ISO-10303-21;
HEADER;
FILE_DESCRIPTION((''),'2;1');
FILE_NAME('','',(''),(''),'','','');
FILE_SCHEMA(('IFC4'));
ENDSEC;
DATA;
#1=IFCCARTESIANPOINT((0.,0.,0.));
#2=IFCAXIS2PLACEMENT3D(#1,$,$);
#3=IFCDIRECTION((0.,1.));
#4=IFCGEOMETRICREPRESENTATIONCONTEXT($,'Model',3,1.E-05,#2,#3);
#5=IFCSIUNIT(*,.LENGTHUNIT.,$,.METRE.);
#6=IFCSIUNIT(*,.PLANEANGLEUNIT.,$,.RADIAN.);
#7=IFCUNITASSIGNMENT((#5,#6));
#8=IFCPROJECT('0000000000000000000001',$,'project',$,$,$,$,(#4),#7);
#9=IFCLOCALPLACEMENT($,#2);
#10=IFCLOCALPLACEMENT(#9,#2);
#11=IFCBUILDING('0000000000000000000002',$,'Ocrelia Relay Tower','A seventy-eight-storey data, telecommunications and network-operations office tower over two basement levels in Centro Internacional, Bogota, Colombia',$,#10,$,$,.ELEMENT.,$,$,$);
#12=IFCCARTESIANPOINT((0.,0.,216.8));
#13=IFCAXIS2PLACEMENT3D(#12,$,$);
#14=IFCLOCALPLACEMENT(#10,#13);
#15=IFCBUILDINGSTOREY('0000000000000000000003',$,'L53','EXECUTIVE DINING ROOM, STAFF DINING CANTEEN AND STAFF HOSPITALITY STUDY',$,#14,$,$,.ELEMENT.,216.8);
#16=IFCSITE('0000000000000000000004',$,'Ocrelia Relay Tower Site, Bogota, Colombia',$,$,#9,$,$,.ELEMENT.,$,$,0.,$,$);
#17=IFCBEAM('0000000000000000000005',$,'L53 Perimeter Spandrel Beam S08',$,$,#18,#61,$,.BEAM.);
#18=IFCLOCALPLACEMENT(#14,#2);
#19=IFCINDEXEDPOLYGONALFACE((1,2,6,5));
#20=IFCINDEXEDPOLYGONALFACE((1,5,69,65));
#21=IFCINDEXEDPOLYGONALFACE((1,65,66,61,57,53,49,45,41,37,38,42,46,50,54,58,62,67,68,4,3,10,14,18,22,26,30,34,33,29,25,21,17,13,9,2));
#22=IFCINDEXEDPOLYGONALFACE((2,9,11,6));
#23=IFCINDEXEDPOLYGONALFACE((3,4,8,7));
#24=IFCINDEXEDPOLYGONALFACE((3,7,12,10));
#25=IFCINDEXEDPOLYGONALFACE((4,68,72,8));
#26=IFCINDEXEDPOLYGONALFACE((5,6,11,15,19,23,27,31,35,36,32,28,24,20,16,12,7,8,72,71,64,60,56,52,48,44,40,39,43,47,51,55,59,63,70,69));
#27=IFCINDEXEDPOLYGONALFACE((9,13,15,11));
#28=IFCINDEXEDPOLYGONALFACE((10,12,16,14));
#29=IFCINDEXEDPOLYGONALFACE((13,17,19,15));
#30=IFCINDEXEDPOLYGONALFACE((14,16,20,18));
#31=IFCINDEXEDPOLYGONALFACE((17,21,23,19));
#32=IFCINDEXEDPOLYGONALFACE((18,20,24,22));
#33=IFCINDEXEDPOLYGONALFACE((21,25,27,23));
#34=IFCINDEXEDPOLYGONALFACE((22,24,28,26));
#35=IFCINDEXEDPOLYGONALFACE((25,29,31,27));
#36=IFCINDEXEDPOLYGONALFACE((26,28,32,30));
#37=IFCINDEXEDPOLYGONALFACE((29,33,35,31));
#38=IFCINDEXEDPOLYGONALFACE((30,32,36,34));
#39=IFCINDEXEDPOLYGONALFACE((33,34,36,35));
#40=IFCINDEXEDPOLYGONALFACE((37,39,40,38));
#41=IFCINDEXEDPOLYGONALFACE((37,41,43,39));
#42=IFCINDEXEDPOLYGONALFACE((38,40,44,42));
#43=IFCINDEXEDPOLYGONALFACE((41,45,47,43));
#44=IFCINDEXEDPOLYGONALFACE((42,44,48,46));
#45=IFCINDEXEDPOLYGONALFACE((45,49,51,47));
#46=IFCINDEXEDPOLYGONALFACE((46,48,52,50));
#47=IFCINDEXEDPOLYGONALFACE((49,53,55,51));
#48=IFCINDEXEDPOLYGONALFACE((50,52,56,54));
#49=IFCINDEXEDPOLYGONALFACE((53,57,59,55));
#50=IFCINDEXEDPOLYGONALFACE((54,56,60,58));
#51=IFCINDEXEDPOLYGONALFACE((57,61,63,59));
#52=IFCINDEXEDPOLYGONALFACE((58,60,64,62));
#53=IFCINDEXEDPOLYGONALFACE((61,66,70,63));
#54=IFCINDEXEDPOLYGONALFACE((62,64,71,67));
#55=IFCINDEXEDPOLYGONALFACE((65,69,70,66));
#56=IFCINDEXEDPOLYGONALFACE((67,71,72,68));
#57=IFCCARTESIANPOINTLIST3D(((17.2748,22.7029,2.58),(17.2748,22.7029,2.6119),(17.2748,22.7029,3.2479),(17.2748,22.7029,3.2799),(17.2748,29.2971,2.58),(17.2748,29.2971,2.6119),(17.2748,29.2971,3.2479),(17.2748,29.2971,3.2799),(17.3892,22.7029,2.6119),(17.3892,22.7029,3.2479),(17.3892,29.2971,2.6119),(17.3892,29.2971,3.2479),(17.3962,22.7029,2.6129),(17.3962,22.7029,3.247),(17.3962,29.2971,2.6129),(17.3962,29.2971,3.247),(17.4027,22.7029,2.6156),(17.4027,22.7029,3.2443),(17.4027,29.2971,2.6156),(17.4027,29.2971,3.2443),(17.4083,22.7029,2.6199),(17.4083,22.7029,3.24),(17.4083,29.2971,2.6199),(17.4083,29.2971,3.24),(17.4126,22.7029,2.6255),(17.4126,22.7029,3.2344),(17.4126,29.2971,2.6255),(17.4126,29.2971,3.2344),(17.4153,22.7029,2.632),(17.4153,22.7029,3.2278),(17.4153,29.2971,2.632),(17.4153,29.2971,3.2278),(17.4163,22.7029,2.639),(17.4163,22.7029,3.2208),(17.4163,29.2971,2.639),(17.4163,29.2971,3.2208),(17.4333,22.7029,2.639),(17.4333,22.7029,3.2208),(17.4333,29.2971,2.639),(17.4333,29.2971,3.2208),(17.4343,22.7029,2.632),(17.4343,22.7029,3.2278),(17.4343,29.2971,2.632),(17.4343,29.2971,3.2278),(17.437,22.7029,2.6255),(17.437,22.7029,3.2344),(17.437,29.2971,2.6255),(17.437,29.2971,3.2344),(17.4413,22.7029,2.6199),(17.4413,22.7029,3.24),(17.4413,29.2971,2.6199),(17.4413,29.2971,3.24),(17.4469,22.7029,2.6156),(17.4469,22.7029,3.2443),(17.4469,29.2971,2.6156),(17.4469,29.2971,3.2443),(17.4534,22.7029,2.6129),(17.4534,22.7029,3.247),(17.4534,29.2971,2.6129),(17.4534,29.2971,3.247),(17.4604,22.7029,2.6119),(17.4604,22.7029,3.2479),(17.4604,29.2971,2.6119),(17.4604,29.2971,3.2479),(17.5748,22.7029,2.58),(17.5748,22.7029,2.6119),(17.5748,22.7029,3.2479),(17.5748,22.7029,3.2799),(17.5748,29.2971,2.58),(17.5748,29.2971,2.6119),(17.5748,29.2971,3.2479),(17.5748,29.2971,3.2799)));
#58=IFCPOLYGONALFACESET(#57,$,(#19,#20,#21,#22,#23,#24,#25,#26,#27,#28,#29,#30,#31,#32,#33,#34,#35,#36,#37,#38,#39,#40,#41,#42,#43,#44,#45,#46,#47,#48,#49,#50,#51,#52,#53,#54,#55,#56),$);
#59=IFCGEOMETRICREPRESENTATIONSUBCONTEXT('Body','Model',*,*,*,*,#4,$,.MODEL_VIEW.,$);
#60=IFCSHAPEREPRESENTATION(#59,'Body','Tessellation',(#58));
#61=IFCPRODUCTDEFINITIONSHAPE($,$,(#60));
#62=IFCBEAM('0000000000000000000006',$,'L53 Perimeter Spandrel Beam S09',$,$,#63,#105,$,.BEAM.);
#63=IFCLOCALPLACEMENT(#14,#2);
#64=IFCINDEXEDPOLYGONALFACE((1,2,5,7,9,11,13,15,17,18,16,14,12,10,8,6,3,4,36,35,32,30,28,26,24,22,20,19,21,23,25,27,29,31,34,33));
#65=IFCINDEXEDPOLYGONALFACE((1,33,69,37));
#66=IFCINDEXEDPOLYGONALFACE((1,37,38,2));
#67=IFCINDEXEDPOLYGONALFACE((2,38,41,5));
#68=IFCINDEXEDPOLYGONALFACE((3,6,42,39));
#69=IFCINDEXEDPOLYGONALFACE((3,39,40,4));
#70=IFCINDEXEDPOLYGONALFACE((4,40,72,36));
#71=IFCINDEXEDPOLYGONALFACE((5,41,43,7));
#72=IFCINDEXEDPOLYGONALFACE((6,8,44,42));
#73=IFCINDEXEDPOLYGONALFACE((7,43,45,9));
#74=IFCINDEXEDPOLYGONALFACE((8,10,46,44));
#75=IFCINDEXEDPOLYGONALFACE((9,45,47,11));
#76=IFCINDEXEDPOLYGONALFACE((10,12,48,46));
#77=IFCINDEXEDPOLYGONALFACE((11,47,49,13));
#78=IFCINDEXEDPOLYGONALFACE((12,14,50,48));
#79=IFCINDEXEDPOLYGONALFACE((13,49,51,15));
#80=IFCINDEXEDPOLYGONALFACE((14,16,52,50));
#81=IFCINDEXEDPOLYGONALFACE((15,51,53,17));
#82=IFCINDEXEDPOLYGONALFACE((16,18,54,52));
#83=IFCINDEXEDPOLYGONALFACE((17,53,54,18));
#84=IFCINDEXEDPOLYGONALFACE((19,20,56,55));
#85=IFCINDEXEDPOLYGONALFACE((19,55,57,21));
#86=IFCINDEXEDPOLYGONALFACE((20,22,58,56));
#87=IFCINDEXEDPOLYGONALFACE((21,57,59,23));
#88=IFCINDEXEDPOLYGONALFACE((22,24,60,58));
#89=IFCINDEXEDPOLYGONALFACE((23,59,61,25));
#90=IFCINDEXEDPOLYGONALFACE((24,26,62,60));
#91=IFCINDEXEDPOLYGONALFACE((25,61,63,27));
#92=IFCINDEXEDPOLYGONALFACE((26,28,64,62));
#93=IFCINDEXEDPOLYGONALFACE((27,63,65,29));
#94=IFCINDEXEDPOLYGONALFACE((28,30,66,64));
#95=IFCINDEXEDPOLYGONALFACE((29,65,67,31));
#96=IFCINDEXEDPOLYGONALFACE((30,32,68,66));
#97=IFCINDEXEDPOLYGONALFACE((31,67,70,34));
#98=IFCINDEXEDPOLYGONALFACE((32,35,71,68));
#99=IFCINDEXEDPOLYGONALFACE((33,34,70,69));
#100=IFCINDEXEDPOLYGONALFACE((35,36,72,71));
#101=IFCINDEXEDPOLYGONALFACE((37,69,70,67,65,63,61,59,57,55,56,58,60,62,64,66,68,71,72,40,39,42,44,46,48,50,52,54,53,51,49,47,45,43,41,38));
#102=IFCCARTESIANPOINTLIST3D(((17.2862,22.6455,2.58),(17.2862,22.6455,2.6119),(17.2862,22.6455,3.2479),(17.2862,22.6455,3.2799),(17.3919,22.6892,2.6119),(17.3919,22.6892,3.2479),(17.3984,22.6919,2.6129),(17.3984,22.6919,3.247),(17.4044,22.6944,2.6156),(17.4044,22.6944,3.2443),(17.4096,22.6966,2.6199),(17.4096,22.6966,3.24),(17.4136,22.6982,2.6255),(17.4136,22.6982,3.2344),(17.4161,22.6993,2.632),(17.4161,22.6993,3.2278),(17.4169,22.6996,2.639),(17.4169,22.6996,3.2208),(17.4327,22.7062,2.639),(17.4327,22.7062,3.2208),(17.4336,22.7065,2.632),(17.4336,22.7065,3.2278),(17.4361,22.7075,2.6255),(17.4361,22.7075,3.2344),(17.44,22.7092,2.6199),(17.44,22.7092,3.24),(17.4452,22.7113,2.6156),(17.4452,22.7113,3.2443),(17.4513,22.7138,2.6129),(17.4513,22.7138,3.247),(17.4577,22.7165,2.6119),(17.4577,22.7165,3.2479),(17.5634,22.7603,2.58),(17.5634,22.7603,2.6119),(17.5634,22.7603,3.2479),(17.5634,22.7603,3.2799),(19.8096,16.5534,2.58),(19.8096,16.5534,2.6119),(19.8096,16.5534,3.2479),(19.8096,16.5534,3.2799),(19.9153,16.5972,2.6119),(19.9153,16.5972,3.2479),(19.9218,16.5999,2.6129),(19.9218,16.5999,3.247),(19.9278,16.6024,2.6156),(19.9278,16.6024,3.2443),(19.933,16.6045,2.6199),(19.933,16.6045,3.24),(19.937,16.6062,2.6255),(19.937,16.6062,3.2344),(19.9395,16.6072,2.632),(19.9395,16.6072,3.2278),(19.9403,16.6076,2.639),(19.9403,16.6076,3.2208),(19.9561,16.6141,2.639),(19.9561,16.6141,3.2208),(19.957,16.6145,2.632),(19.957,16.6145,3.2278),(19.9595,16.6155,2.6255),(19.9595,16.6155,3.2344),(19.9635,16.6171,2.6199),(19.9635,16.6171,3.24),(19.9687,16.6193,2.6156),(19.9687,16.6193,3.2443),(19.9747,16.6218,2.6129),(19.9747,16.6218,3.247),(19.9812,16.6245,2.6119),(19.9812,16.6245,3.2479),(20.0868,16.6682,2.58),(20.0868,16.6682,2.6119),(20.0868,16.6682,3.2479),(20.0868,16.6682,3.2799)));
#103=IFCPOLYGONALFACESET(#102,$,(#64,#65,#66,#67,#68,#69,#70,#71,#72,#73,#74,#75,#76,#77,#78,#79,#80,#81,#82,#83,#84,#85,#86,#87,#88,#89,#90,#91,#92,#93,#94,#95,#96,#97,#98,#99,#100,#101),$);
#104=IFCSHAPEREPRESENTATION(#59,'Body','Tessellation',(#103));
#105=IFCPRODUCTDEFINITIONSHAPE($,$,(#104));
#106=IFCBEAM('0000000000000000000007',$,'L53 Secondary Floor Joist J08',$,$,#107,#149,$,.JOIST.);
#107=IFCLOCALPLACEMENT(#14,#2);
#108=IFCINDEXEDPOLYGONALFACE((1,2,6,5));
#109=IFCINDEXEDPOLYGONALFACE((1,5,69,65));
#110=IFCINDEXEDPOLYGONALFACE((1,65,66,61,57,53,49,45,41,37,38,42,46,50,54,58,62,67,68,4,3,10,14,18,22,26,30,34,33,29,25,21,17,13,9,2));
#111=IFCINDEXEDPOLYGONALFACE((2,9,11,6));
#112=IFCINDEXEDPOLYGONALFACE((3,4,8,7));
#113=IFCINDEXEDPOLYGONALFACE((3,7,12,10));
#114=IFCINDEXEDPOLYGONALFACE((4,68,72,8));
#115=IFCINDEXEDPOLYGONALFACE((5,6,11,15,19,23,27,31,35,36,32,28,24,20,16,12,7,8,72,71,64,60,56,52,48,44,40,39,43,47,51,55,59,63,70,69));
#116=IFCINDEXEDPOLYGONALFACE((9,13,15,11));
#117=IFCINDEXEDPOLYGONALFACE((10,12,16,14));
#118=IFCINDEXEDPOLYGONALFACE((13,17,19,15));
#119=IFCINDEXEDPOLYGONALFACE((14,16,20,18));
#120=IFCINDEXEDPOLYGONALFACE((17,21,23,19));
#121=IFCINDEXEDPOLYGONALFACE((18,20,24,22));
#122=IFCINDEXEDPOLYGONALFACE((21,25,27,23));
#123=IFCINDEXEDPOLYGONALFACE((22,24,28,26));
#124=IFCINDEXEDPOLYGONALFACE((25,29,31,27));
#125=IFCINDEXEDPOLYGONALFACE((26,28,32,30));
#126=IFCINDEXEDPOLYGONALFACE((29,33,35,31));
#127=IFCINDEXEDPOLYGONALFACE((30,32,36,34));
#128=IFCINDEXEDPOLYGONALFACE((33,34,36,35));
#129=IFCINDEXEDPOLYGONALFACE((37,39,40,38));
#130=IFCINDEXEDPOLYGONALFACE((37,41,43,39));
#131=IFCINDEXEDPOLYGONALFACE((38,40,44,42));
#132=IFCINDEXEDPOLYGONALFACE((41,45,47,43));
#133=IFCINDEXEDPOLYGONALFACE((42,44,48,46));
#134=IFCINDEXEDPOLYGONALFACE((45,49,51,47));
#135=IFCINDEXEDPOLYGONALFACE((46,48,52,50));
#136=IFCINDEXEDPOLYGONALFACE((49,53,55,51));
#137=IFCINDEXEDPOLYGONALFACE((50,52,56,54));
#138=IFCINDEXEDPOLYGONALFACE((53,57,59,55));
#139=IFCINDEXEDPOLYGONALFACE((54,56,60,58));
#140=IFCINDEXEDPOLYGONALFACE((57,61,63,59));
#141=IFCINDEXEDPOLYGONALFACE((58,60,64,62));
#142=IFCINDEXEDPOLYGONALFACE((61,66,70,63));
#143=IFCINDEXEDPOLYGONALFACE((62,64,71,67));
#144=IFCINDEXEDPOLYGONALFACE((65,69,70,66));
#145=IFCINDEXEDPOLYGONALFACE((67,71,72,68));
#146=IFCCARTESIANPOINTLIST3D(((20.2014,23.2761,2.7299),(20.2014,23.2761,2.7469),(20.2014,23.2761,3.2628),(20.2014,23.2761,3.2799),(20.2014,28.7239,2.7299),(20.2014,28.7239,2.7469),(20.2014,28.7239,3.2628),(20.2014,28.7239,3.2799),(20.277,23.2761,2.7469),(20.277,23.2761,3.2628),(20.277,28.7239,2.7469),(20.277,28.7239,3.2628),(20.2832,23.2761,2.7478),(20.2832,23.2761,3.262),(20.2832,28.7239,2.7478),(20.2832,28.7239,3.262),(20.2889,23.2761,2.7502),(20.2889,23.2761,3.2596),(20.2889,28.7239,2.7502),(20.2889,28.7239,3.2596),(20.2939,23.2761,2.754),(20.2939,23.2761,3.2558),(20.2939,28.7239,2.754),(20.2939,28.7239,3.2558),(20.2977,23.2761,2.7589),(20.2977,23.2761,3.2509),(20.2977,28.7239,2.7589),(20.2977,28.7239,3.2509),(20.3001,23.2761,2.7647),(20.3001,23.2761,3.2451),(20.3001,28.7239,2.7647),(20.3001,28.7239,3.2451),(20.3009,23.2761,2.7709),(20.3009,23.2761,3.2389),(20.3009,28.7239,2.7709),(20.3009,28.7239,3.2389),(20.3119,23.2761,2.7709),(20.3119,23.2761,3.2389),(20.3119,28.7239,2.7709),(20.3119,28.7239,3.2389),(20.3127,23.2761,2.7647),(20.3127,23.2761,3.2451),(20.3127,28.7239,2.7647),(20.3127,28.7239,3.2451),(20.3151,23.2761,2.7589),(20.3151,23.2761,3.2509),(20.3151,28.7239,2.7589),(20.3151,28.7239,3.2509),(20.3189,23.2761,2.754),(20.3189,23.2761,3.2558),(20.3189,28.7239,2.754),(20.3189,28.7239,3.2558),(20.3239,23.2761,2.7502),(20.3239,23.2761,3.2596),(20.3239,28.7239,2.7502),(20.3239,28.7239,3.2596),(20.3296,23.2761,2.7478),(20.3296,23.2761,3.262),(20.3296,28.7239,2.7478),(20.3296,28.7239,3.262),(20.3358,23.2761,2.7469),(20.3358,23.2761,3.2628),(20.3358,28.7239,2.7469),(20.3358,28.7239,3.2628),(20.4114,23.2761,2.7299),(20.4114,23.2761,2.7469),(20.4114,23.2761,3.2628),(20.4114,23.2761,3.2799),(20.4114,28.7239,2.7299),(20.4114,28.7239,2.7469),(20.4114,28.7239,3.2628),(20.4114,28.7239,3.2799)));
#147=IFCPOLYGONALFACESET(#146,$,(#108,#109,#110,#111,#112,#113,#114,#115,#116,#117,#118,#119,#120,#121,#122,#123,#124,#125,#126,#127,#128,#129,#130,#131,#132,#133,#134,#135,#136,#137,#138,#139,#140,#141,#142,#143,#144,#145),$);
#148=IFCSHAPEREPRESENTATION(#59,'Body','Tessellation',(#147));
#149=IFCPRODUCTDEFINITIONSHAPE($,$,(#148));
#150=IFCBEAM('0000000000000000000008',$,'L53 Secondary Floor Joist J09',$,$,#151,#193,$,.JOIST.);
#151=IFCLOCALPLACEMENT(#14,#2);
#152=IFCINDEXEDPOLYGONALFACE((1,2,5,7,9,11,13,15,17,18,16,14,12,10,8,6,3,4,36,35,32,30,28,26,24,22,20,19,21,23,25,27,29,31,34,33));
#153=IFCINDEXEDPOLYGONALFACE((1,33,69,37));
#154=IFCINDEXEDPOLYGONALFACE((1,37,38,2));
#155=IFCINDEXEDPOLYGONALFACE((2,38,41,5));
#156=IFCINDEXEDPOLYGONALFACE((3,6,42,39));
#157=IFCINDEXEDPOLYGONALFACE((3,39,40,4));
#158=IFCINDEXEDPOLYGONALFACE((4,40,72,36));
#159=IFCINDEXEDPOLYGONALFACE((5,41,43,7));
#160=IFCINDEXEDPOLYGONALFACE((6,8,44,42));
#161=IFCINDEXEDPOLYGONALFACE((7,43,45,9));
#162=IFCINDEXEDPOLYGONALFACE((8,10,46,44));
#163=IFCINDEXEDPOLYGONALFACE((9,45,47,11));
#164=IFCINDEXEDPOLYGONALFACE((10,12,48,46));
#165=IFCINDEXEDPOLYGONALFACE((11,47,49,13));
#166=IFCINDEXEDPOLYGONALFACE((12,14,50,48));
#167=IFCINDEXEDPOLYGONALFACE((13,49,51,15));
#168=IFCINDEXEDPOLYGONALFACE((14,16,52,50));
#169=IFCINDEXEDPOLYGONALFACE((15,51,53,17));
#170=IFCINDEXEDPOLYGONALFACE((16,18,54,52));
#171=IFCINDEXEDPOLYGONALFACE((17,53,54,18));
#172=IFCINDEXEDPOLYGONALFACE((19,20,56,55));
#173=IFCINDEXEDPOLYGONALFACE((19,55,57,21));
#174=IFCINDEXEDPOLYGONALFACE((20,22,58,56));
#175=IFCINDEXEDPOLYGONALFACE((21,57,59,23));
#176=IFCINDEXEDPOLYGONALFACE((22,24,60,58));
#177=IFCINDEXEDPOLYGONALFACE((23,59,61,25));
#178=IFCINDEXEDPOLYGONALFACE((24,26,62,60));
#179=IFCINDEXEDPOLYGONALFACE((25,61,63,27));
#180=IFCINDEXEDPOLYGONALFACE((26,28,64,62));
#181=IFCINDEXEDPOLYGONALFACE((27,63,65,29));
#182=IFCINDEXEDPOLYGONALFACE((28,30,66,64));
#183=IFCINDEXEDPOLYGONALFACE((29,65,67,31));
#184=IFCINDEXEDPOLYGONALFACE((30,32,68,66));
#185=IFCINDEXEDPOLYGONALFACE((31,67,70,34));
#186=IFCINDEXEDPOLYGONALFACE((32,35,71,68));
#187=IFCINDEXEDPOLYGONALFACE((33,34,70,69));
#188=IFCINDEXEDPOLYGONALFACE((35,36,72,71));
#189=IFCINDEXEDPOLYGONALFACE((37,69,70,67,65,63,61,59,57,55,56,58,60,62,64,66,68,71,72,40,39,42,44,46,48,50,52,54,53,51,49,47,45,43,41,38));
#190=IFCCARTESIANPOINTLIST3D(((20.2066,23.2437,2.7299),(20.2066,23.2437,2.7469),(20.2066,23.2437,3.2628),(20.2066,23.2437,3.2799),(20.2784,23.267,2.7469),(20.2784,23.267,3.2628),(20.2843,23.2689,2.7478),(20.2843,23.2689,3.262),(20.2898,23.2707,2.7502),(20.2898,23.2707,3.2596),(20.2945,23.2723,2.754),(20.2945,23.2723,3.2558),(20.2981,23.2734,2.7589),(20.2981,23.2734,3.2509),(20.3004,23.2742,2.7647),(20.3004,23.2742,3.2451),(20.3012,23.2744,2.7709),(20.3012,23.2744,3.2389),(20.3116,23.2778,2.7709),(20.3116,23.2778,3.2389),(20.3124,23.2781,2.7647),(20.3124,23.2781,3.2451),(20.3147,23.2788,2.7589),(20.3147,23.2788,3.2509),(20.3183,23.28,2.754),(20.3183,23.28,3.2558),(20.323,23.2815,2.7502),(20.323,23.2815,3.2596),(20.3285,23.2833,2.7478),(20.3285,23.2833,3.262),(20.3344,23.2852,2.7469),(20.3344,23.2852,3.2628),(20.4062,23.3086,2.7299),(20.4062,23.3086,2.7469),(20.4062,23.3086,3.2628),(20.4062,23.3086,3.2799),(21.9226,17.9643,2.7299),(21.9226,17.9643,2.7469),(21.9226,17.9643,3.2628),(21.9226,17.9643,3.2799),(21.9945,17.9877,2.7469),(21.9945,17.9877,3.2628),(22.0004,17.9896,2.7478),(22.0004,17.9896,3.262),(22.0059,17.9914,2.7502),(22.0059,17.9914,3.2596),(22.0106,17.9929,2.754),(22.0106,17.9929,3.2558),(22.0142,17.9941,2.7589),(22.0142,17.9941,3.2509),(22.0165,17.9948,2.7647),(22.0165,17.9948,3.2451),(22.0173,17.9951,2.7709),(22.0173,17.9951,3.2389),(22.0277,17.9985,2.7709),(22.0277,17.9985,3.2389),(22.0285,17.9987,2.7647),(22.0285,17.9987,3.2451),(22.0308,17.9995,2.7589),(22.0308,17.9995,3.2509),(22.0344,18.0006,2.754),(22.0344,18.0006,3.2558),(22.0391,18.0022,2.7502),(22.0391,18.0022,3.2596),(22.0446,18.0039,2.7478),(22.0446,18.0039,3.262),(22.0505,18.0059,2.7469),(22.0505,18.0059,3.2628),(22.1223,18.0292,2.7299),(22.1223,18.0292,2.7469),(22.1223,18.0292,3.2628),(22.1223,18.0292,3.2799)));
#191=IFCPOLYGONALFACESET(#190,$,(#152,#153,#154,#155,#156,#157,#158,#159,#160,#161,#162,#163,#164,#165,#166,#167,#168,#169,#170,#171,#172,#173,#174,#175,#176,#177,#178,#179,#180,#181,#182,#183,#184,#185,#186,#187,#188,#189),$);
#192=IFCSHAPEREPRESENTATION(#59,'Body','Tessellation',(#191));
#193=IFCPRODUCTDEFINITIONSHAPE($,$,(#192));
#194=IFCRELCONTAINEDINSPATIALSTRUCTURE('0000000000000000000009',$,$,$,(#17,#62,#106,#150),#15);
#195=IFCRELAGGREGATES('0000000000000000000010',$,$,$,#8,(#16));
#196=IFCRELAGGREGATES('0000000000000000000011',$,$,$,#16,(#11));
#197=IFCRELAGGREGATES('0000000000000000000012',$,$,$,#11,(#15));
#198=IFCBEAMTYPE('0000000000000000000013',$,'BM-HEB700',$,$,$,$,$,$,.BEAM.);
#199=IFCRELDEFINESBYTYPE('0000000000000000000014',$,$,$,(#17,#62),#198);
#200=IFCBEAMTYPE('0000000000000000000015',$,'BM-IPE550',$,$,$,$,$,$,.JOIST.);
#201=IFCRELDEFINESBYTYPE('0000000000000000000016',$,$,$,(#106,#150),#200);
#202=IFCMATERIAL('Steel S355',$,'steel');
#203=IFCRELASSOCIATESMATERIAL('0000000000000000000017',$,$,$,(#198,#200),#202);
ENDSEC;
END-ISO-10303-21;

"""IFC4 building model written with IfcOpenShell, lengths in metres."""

from ifc_helpers import new_model, si_unit, direction, frame, origin, origin_2d, place, context, subcontext, project, spatial, i_section, extrude, material, material_profile, profile_set, type_object, element, save


model = new_model("IFC4")

# Units and contexts
model_context = context("Model", 3, precision=1e-05, world=origin(), true_north=direction((0.0, 1.0)))
body_context = subcontext(model_context, "Body", "Model", "MODEL_VIEW")
ifc_project = project(units=[si_unit("LENGTHUNIT", "METRE"), si_unit("PLANEANGLEUNIT", "RADIAN")], contexts=[model_context])

# Site, building, storey
site_placement = place(None, origin())
site = spatial("IfcSite", under=ifc_project, at=site_placement, Name="Ocrelia Relay Tower Site, Bogota, Colombia", CompositionType="ELEMENT", RefElevation=0.0)
building_placement = place(site_placement, origin())
building = spatial("IfcBuilding", under=site, at=building_placement, Name="Ocrelia Relay Tower", Description="A seventy-eight-storey data, telecommunications and network-operations office tower over two basement levels in Centro Internacional, Bogota, Colombia", CompositionType="ELEMENT")
storey_placement = place(building_placement, frame((0.0, 0.0, 216.8)))
storey = spatial("IfcBuildingStorey", under=building, at=storey_placement, Name="L53", Description="EXECUTIVE DINING ROOM, STAFF DINING CANTEEN AND STAFF HOSPITALITY STUDY", CompositionType="ELEMENT", Elevation=216.8)

# Beams
ifc_material_1 = material(Name="Steel S355", Category="steel")
ifc_material_profile_1 = material_profile(ifc_material_1, i_section(OverallWidth=0.3, OverallDepth=0.7, WebThickness=0.0171, FlangeThickness=0.032, FilletRadius=0.0271, at=origin_2d()), Name="HEB 700")
ifc_profile_set_1 = profile_set([ifc_material_profile_1], Name="Steel S355")
beam_type_1 = type_object("IfcBeamType", Name="BM-HEB700", PredefinedType="BEAM", material=ifc_profile_set_1)
beam_1_placement = place(storey_placement, frame((17.4248, 29.2971, 2.9299), z_axis=(0.0, -1.0, 0.0), x_axis=(1.0, 0.0, 0.0)))
element("IfcBeam", 1, at=beam_1_placement, inside=storey, type_object=beam_type_1, Name="L53 Perimeter Spandrel Beam S08", PredefinedType="BEAM", context=body_context, shape_type="SweptSolid", body=[
    extrude(i_section(OverallWidth=0.3, OverallDepth=0.7, WebThickness=0.0171, FlangeThickness=0.032, FilletRadius=0.0271, at=origin_2d()), origin(), (0.0, 0.0, 1.0), 6.5942),
])
beam_2_placement = place(storey_placement, frame((17.4248, 22.7029, 2.9299), z_axis=(0.382688, -0.923878, 0.0), x_axis=(0.923878, 0.382688, 0.0)))
element("IfcBeam", 2, at=beam_2_placement, inside=storey, type_object=beam_type_1, Name="L53 Perimeter Spandrel Beam S09", PredefinedType="BEAM", context=body_context, shape_type="SweptSolid", body=[
    extrude(i_section(OverallWidth=0.3, OverallDepth=0.7, WebThickness=0.0171, FlangeThickness=0.032, FilletRadius=0.0271, at=origin_2d()), origin(), (0.0, 0.0, 1.0), 6.594),
])
ifc_material_profile_2 = material_profile(ifc_material_1, i_section(OverallWidth=0.21, OverallDepth=0.55, WebThickness=0.011, FlangeThickness=0.0171, FilletRadius=0.0239, at=origin_2d()), Name="IPE 550")
ifc_profile_set_2 = profile_set([ifc_material_profile_2], Name="Steel S355")
beam_type_2 = type_object("IfcBeamType", Name="BM-IPE550", PredefinedType="JOIST", material=ifc_profile_set_2)
beam_3_placement = place(storey_placement, frame((20.3064, 28.7239, 3.0049), z_axis=(0.0, -1.0, 0.0), x_axis=(1.0, 0.0, 0.0)))
element("IfcBeam", 3, at=beam_3_placement, inside=storey, type_object=beam_type_2, Name="L53 Secondary Floor Joist J08", PredefinedType="JOIST", context=body_context, shape_type="SweptSolid", body=[
    extrude(i_section(OverallWidth=0.21, OverallDepth=0.55, WebThickness=0.011, FlangeThickness=0.0171, FilletRadius=0.0239, at=origin_2d()), origin(), (0.0, 0.0, 1.0), 5.4478),
])
beam_4_placement = place(storey_placement, frame((20.3064, 23.2761, 3.0049), z_axis=(0.309134, -0.951019, 0.0), x_axis=(0.951019, 0.309134, 0.0)))
element("IfcBeam", 4, at=beam_4_placement, inside=storey, type_object=beam_type_2, Name="L53 Secondary Floor Joist J09", PredefinedType="JOIST", context=body_context, shape_type="SweptSolid", body=[
    extrude(i_section(OverallWidth=0.21, OverallDepth=0.55, WebThickness=0.011, FlangeThickness=0.0171, FilletRadius=0.0239, at=origin_2d()), origin(), (0.0, 0.0, 1.0), 5.5513),
])

save(model, "model.ifc")
